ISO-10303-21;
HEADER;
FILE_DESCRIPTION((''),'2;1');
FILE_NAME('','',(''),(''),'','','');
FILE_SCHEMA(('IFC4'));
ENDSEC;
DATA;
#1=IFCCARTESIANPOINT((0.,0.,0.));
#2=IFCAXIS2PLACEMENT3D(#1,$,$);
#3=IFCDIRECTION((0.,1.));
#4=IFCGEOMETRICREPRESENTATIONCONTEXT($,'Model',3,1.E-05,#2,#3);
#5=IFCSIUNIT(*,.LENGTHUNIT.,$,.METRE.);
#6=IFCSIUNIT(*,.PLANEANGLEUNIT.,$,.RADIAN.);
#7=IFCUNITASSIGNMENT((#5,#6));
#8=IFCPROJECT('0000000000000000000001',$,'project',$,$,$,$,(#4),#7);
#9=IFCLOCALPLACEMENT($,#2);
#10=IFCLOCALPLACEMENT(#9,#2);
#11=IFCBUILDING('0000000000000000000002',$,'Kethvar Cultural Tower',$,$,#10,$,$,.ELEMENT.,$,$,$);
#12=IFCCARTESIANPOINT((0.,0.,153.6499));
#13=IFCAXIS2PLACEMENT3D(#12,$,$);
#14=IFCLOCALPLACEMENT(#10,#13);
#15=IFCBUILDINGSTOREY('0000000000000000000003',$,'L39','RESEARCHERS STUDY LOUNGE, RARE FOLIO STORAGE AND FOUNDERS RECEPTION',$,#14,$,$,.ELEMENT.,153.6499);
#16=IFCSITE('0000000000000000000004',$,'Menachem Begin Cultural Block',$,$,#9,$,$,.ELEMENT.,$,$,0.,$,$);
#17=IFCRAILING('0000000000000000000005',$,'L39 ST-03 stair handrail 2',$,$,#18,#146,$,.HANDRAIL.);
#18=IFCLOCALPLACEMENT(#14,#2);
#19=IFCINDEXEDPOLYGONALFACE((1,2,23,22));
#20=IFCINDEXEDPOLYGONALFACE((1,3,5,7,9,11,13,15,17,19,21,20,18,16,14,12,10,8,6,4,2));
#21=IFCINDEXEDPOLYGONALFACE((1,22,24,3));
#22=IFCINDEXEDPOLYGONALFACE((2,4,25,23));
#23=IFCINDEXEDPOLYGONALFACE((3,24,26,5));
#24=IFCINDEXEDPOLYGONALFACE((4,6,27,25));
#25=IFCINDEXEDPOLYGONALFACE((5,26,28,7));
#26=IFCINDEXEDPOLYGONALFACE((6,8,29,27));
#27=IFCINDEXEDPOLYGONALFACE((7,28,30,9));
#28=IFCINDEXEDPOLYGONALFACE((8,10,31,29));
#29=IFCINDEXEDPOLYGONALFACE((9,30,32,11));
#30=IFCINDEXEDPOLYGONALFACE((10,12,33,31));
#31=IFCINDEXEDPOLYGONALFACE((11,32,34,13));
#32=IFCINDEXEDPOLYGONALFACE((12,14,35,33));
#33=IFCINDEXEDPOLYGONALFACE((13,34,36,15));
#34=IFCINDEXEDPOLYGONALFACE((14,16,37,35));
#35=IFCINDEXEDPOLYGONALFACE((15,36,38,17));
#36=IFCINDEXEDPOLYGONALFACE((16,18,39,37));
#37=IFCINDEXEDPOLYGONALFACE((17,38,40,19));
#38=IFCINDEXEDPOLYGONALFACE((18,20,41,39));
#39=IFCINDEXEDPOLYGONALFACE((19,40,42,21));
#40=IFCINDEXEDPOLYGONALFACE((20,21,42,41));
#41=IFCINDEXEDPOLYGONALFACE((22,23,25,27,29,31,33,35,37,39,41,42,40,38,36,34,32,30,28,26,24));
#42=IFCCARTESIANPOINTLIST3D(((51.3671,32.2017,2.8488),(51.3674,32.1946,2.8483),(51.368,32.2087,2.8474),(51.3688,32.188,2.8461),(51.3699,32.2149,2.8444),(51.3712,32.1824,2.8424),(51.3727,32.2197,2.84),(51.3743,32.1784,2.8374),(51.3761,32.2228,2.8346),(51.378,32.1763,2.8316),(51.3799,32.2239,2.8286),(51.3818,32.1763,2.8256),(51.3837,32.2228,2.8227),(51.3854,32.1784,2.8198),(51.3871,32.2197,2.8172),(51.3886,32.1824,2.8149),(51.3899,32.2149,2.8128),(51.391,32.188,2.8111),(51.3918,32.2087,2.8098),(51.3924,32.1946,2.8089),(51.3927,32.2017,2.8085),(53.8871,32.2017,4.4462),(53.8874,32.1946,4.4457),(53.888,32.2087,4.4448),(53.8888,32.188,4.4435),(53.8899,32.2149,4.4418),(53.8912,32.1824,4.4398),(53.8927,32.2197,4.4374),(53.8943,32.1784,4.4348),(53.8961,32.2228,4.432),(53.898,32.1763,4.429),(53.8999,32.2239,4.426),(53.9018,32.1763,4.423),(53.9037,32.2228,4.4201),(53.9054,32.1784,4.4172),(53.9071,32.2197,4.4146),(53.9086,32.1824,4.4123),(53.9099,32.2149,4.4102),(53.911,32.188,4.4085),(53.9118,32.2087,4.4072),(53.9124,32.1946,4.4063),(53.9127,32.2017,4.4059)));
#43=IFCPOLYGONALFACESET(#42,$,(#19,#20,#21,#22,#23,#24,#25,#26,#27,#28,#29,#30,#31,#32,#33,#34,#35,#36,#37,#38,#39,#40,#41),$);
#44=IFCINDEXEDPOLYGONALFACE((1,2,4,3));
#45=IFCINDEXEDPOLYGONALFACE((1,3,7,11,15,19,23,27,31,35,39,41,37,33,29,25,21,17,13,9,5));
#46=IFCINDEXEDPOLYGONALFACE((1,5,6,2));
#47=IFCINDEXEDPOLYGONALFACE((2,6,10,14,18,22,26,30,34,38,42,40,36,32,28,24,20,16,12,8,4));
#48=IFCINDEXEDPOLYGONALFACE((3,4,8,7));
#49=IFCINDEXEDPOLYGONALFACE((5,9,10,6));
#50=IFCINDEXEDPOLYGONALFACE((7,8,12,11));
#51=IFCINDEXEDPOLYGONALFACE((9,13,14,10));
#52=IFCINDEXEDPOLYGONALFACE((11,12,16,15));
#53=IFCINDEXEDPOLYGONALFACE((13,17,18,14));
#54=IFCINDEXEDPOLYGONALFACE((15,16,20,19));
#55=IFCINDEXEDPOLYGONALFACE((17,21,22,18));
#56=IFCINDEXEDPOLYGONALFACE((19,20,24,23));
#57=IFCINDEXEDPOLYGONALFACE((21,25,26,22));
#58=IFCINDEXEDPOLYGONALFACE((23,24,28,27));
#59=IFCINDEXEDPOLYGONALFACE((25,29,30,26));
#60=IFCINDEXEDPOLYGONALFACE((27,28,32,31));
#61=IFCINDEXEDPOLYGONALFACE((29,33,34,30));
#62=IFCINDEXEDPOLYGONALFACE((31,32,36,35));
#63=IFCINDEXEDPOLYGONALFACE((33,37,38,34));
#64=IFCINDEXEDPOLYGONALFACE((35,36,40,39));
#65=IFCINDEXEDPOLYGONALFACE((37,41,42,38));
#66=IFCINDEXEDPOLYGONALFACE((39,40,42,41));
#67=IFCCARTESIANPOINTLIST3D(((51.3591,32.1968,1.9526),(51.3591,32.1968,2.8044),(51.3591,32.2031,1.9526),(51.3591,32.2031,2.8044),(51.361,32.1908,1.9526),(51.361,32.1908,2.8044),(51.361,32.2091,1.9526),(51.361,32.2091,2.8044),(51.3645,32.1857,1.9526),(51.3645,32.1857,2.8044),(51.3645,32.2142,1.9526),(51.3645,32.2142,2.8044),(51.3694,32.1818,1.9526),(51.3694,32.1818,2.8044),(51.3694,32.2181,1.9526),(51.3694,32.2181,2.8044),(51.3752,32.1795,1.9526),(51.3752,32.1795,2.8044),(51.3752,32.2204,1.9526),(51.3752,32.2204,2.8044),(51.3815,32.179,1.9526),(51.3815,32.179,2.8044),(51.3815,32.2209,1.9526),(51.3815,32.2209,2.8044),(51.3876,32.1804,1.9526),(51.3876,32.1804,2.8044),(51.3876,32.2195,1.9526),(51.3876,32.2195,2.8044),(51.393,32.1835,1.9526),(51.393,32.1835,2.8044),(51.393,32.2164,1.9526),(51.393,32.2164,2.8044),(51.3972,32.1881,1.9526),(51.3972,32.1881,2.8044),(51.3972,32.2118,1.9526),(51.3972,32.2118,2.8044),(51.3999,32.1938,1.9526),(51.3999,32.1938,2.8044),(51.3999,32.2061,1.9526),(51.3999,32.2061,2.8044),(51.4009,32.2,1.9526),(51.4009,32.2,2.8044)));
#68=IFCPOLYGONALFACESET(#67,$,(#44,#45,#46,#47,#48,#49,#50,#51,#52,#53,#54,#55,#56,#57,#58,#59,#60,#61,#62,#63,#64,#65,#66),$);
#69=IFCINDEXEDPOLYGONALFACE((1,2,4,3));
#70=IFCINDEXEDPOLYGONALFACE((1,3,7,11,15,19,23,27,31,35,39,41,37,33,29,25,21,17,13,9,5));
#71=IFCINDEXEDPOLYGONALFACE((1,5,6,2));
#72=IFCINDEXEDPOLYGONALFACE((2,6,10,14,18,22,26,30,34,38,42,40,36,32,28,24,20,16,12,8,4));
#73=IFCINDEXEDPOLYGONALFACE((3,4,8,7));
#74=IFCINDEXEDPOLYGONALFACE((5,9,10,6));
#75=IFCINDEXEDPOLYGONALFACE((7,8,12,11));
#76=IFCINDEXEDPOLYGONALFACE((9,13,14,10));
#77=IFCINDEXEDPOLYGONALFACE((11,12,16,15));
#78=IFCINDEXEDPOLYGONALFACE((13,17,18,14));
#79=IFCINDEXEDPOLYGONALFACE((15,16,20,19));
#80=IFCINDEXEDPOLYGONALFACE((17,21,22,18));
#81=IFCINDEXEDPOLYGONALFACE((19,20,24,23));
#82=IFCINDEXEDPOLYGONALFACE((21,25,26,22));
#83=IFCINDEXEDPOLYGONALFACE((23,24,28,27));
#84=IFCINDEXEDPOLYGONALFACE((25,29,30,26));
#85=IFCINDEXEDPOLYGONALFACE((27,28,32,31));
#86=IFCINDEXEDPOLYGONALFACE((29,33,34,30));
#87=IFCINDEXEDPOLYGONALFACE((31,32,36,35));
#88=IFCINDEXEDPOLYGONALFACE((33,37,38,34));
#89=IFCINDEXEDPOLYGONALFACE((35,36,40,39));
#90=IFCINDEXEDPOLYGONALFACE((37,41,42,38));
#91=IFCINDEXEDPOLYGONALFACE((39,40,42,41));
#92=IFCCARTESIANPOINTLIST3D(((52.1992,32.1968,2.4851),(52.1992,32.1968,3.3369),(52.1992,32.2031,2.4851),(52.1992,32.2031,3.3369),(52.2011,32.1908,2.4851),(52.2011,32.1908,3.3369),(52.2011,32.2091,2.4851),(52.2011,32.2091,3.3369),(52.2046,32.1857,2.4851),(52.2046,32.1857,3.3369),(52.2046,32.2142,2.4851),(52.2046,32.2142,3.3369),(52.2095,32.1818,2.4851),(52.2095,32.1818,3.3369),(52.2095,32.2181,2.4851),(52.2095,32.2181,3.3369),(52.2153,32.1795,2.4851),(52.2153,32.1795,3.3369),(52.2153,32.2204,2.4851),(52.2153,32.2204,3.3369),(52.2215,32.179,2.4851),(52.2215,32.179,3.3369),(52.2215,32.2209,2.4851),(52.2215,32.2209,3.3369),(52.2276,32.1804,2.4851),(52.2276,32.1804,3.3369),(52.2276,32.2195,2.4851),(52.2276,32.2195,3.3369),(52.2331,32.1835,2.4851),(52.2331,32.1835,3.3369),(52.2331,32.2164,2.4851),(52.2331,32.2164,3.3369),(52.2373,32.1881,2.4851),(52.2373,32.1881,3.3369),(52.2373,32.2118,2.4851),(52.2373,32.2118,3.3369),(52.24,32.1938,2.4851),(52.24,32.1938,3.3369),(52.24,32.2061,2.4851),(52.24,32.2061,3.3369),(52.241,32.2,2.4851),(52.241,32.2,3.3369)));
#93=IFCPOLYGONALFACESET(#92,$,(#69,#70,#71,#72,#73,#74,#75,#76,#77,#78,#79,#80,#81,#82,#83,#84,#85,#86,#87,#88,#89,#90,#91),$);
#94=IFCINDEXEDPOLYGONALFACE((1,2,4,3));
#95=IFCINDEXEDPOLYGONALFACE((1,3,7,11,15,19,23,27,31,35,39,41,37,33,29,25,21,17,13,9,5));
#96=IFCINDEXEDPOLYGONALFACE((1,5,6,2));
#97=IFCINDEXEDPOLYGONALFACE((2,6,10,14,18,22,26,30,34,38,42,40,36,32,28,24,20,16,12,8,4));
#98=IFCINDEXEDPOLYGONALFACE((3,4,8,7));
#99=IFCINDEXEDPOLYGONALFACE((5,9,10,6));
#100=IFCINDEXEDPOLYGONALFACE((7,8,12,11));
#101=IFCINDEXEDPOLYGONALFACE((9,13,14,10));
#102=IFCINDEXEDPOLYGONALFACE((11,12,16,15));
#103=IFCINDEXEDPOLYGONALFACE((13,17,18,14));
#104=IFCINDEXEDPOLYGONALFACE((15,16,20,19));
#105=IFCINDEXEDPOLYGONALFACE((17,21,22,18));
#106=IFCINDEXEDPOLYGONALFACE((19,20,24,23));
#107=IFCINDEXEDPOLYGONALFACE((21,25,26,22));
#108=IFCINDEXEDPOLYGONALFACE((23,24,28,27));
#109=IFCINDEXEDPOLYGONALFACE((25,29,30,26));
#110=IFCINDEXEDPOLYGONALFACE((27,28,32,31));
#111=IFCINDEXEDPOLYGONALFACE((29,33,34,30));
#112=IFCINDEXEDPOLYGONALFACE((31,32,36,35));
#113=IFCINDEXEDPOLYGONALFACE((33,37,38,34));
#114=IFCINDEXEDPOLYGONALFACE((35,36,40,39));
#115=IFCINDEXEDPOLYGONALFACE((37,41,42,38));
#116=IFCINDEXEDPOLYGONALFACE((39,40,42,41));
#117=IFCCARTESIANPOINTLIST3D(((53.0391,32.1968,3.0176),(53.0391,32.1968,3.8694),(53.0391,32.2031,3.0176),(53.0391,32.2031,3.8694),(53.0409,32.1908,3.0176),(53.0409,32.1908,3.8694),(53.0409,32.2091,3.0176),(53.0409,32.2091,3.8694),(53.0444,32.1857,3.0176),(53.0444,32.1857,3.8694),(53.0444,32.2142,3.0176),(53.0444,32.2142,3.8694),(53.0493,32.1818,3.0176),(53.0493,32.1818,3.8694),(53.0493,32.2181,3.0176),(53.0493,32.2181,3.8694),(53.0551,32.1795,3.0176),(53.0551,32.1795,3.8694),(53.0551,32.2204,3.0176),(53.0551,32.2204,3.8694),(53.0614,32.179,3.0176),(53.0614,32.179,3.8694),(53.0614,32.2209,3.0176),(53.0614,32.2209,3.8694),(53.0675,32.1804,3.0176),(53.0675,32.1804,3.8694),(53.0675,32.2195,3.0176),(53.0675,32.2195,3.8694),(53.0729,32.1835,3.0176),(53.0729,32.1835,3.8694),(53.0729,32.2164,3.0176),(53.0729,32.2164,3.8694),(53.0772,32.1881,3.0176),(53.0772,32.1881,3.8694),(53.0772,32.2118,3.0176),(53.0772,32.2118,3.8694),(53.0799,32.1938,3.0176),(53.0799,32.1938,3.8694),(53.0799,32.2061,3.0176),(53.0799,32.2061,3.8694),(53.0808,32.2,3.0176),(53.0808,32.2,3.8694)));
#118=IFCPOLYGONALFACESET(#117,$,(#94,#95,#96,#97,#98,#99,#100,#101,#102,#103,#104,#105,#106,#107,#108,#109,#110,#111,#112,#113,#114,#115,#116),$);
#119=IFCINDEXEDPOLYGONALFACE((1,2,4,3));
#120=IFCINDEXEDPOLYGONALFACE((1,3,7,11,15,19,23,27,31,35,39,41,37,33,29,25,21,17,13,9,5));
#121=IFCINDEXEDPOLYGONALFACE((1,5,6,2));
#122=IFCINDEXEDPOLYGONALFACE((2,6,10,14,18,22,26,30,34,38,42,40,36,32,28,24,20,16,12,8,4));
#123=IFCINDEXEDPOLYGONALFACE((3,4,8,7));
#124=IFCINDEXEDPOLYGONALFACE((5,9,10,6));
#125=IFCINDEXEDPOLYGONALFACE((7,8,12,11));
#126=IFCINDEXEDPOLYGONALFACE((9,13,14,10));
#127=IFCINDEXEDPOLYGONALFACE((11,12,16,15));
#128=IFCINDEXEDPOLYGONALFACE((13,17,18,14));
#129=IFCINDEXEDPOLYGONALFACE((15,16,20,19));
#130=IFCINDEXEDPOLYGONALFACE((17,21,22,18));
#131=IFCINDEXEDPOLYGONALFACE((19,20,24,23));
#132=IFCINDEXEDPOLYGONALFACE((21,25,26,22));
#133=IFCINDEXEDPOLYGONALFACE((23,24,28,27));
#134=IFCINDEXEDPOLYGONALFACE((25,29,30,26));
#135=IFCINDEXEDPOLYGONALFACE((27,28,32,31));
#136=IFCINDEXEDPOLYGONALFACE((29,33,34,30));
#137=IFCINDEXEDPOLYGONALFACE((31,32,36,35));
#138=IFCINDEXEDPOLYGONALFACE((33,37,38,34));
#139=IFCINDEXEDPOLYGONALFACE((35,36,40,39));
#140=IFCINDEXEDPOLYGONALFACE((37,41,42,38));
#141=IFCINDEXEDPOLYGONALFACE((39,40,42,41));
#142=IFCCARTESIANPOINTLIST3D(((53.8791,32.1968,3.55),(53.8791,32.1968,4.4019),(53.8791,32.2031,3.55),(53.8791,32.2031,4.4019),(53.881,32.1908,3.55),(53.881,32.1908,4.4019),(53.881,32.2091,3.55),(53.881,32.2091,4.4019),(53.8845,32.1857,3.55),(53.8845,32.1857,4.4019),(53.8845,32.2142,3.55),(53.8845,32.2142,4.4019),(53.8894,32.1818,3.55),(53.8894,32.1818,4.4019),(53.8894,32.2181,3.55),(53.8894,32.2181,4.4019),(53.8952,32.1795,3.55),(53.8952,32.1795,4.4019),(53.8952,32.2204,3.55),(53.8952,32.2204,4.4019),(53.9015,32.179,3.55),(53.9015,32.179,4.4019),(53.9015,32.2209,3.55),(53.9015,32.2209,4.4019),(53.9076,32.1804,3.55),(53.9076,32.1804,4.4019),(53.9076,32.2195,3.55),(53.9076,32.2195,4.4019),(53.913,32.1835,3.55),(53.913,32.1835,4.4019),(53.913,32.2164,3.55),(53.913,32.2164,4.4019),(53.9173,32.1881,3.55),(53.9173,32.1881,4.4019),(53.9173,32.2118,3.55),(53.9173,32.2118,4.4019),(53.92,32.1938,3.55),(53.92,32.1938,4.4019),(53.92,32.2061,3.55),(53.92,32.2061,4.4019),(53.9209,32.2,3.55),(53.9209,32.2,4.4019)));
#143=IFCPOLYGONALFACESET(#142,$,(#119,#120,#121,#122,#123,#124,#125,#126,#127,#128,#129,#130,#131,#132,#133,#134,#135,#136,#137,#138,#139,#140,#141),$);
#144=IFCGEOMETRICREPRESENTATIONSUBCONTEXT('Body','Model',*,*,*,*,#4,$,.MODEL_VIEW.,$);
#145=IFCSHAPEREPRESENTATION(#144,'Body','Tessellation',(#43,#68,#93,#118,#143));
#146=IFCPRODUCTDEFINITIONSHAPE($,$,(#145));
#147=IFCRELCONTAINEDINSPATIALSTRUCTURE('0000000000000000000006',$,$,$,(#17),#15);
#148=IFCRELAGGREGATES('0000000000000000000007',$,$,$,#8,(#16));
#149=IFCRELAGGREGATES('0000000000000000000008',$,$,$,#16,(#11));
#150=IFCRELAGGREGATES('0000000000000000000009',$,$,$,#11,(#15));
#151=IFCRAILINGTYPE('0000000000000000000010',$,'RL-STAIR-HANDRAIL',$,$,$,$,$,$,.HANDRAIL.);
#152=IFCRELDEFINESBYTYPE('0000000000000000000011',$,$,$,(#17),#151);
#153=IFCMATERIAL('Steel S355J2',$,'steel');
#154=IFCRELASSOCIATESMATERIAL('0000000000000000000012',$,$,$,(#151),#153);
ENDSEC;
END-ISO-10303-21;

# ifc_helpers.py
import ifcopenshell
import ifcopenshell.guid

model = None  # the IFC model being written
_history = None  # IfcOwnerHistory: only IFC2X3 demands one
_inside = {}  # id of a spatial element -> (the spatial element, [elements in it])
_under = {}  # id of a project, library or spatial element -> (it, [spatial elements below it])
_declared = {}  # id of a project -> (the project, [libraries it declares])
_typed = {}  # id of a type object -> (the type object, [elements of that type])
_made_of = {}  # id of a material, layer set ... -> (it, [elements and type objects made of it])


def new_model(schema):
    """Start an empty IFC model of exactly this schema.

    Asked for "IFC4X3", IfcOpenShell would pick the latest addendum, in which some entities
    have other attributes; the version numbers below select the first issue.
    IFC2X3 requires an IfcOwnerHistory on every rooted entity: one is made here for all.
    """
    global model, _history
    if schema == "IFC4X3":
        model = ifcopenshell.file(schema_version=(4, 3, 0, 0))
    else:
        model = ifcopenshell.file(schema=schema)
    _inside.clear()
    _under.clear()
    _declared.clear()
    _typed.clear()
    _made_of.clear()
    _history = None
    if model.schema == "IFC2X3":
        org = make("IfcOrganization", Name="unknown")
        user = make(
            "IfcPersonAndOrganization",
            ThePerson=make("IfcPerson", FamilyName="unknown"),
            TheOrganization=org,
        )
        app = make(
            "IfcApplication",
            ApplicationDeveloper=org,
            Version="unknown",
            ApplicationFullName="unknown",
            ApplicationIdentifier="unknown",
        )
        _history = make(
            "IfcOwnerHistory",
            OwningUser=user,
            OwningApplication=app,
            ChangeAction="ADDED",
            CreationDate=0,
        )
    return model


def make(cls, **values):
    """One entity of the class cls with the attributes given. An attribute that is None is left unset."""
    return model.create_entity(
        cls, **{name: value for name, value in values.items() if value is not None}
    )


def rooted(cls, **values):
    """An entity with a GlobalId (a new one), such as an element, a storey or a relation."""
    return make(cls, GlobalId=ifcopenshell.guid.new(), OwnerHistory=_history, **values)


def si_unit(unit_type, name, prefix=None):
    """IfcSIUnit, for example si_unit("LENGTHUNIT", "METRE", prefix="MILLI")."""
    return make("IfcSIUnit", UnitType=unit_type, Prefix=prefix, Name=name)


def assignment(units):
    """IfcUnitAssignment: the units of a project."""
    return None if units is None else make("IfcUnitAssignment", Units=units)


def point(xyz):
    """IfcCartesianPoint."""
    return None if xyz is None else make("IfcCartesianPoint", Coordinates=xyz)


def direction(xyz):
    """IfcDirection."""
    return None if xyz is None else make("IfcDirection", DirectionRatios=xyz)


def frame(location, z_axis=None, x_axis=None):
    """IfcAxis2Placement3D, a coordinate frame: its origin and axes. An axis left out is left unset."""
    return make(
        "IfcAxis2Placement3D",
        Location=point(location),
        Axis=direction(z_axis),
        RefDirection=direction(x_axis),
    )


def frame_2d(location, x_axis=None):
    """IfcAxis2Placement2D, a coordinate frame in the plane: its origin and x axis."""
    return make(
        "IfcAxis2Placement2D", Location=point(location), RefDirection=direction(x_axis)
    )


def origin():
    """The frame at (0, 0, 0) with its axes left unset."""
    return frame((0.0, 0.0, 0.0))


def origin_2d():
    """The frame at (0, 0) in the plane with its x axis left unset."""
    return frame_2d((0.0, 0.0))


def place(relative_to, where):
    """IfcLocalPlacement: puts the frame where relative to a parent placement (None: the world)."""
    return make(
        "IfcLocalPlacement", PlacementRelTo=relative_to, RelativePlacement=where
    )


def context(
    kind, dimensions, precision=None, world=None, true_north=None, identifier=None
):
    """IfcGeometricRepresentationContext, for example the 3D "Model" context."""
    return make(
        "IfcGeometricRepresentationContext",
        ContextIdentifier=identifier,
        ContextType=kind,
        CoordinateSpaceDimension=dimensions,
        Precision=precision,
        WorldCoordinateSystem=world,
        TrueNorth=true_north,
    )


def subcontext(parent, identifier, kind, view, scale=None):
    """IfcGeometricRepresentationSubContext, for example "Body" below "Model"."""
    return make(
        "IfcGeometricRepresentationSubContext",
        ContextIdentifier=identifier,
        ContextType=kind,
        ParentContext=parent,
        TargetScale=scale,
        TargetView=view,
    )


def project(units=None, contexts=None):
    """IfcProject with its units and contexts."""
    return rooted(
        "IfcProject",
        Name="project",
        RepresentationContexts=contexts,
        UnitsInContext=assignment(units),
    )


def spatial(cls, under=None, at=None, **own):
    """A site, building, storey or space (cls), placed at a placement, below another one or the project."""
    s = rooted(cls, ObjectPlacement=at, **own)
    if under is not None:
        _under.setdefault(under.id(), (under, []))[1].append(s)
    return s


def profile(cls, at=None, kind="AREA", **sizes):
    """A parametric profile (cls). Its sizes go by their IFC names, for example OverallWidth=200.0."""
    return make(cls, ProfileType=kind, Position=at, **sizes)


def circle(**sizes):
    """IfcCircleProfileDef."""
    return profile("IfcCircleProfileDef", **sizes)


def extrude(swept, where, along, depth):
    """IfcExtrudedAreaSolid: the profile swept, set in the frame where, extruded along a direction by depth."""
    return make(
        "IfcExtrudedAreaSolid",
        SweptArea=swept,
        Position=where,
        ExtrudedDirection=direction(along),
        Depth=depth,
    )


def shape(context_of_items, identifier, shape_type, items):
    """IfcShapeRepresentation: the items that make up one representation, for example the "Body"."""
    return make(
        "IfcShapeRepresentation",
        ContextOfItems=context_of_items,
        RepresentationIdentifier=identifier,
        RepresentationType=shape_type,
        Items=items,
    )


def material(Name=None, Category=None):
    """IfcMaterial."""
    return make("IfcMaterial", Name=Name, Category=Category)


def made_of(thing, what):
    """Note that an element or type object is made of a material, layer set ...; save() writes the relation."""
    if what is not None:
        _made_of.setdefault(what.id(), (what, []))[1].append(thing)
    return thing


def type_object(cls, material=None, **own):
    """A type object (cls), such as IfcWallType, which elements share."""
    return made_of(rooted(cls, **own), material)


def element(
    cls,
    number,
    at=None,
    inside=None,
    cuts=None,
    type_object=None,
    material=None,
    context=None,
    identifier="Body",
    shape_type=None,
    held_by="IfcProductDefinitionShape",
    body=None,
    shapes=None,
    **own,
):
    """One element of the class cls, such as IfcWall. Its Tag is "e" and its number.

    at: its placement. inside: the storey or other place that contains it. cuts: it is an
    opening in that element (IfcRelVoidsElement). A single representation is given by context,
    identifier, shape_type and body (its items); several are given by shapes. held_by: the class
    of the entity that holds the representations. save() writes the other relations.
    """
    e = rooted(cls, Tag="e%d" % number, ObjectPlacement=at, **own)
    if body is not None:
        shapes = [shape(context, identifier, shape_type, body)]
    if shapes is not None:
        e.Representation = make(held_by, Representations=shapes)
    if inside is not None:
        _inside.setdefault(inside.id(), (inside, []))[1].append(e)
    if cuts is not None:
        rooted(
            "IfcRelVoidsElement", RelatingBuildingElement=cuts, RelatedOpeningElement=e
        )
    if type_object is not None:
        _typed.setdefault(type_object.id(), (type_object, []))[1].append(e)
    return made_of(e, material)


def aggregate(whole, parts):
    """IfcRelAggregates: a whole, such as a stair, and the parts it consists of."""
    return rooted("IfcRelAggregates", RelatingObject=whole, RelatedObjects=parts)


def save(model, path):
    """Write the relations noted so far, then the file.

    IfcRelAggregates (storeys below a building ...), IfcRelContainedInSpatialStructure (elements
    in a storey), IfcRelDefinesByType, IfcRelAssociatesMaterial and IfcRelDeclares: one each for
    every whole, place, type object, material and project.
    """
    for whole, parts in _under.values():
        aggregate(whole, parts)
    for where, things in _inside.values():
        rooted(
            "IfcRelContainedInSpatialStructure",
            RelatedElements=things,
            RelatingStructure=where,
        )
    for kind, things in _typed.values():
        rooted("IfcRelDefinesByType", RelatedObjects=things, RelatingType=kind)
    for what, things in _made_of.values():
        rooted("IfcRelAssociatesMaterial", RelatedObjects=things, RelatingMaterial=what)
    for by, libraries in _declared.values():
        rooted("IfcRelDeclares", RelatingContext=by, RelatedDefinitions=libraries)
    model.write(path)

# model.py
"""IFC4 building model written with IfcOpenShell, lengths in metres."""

from ifc_helpers import new_model, si_unit, direction, frame, origin, origin_2d, place, context, subcontext, project, spatial, circle, extrude, material, type_object, element, save


model = new_model("IFC4")

# Units and contexts
model_context = context("Model", 3, precision=1e-05, world=origin(), true_north=direction((0.0, 1.0)))
body_context = subcontext(model_context, "Body", "Model", "MODEL_VIEW")
ifc_project = project(units=[si_unit("LENGTHUNIT", "METRE"), si_unit("PLANEANGLEUNIT", "RADIAN")], contexts=[model_context])

# Site, building, storey
site_placement = place(None, origin())
site = spatial("IfcSite", under=ifc_project, at=site_placement, Name="Menachem Begin Cultural Block", CompositionType="ELEMENT", RefElevation=0.0)
building_placement = place(site_placement, origin())
building = spatial("IfcBuilding", under=site, at=building_placement, Name="Kethvar Cultural Tower", CompositionType="ELEMENT")
storey_placement = place(building_placement, frame((0.0, 0.0, 153.6499)))
storey = spatial("IfcBuildingStorey", under=building, at=storey_placement, Name="L39", Description="RESEARCHERS STUDY LOUNGE, RARE FOLIO STORAGE AND FOUNDERS RECEPTION", CompositionType="ELEMENT", Elevation=153.6499)

# Shared definitions
ifc_material_1 = material(Name="Steel S355J2", Category="steel")

# Railing
railing_type_1 = type_object("IfcRailingType", Name="RL-STAIR-HANDRAIL", PredefinedType="HANDRAIL", material=ifc_material_1)
railing_1_placement = place(storey_placement, frame((51.3799, 32.2, 1.9526)))
element("IfcRailing", 1, at=railing_1_placement, inside=storey, type_object=railing_type_1, Name="L39 ST-03 stair handrail 2", PredefinedType="HANDRAIL", context=body_context, shape_type="SweptSolid", body=[
    extrude(circle(Radius=0.0239, at=origin_2d()), frame((0.0, 0.0, 0.876), z_axis=(0.844607, 0.0, 0.535387), x_axis=(0.0, 1.0, 0.0)), (0.0, 0.0, 1.0), 2.9836),
    extrude(circle(Radius=0.021, at=origin_2d()), origin(), (0.0, 0.0, 1.0), 0.8518),
    extrude(circle(Radius=0.021, at=origin_2d()), frame((0.8401, 0.0, 0.5325)), (0.0, 0.0, 1.0), 0.8518),
    extrude(circle(Radius=0.021, at=origin_2d()), frame((1.6799, 0.0, 1.0649)), (0.0, 0.0, 1.0), 0.8518),
    extrude(circle(Radius=0.021, at=origin_2d()), frame((2.52, 0.0, 1.5974)), (0.0, 0.0, 1.0), 0.8518),
])

save(model, "model.ifc")
